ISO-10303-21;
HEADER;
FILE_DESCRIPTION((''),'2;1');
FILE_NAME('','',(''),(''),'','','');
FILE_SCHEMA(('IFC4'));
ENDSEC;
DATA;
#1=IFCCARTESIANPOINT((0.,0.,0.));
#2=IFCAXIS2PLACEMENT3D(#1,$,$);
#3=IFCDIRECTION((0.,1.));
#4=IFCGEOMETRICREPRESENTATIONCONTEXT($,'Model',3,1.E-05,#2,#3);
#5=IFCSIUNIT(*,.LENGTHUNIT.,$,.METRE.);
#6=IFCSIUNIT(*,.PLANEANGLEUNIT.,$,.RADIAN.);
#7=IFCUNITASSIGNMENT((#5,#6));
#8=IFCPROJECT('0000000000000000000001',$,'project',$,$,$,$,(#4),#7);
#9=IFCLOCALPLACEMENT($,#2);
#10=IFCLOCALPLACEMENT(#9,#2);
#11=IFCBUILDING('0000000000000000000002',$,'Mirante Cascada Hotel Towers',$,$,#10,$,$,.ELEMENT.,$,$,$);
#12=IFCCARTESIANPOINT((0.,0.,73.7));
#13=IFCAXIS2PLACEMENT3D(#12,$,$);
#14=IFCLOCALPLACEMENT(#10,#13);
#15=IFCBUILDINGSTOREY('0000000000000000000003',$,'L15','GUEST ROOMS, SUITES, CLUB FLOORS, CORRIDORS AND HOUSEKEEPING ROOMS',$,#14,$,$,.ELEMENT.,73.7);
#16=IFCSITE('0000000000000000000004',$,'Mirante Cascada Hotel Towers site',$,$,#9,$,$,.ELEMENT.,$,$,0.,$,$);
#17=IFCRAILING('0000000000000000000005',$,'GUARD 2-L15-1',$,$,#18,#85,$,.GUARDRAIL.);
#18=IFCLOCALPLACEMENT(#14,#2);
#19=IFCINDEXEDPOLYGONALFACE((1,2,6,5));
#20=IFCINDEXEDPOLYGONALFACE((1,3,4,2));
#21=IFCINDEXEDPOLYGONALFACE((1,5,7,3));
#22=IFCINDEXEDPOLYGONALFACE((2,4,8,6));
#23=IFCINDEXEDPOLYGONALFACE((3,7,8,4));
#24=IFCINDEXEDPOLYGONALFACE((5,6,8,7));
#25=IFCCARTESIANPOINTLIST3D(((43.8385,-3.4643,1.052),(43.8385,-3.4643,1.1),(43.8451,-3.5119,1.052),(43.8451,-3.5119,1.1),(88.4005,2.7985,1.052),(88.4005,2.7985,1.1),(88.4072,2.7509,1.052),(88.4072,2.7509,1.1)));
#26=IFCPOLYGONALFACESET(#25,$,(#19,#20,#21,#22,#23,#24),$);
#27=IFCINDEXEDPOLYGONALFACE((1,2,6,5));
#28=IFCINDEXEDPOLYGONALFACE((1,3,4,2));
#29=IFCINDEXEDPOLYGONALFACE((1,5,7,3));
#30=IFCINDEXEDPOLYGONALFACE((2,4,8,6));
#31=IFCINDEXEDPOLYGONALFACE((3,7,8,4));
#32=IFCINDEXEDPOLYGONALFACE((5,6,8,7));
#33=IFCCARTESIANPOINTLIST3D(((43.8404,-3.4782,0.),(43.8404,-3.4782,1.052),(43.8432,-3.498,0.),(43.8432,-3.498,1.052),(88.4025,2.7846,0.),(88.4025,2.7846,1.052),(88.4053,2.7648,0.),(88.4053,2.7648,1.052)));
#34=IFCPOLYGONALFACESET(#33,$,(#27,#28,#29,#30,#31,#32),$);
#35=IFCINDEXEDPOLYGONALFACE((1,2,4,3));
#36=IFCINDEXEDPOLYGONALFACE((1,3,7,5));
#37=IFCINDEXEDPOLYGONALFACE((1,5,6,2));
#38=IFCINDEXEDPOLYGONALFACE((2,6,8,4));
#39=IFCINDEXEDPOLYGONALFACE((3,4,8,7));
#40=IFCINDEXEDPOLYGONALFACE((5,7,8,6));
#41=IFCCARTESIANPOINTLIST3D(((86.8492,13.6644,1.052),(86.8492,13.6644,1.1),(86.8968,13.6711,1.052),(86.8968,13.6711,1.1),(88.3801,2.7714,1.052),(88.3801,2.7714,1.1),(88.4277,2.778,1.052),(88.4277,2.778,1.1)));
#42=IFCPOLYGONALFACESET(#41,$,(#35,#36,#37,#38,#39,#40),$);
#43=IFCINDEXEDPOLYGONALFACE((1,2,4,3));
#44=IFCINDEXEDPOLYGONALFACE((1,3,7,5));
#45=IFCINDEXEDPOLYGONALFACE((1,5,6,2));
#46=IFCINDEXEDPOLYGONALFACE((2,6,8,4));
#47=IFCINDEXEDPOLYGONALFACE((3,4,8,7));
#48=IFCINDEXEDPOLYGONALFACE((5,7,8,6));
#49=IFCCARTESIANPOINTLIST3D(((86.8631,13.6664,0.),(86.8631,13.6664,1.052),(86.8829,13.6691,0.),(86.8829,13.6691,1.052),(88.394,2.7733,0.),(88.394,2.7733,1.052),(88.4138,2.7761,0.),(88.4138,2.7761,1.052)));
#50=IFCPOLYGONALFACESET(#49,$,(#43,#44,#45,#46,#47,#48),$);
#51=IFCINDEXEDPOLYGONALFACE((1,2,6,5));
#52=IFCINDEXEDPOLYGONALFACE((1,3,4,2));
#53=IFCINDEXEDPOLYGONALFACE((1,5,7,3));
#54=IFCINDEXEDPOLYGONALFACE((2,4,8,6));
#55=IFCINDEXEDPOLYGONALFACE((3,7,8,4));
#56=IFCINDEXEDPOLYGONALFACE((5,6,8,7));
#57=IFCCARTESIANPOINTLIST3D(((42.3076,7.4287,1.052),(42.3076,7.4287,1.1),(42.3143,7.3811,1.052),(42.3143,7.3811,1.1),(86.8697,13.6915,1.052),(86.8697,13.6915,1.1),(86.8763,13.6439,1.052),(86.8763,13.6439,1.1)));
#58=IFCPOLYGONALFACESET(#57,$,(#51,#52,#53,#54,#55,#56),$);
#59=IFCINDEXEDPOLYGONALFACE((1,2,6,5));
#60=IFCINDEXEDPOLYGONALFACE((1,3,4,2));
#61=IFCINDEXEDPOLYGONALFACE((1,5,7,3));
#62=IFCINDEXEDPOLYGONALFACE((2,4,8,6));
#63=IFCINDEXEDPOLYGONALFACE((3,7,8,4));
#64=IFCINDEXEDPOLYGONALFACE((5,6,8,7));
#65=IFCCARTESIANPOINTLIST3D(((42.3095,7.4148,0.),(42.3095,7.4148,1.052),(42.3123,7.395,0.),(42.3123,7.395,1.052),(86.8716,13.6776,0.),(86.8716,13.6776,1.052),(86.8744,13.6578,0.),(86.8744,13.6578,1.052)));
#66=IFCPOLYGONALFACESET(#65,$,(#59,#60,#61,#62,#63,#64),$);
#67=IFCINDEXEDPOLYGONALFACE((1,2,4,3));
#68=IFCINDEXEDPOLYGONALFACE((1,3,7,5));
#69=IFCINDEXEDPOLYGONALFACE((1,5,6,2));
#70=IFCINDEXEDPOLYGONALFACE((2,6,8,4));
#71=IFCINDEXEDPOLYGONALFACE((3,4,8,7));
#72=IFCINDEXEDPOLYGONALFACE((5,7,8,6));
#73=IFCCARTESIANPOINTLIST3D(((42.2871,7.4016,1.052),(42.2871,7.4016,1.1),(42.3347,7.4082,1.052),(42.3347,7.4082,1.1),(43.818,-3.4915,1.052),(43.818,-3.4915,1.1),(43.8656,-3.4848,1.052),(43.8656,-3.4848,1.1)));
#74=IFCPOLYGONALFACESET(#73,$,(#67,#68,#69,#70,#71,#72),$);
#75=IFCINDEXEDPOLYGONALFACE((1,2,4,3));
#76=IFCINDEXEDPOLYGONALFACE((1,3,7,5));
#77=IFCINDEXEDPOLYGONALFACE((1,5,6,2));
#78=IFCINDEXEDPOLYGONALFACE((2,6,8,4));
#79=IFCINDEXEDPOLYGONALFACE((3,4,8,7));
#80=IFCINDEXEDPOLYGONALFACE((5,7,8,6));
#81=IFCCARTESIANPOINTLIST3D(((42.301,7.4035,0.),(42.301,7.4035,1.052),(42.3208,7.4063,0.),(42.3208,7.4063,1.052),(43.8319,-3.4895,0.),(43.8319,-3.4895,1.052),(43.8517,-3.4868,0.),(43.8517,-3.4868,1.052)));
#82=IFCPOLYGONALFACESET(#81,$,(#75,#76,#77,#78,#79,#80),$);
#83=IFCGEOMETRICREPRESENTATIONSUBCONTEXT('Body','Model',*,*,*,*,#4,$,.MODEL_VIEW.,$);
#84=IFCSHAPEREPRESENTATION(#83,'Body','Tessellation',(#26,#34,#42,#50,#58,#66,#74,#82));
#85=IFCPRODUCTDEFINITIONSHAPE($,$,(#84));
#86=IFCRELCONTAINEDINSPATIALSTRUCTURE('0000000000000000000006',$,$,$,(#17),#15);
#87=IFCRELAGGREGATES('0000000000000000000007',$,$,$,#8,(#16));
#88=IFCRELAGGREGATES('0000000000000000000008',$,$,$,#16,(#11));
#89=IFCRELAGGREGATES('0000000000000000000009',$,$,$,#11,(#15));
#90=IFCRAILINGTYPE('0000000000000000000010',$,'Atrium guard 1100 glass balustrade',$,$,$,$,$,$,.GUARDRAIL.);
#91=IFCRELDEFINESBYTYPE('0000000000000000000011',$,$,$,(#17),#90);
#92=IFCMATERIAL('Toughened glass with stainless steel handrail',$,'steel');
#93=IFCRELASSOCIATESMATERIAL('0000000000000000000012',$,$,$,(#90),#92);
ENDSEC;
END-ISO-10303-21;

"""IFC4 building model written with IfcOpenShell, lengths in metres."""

from ifc_helpers import new_model, si_unit, direction, frame, origin, origin_2d, place, context, subcontext, project, spatial, rectangle, extrude, material, type_object, element, save


model = new_model("IFC4")

# Units and contexts
model_context = context("Model", 3, precision=1e-05, world=origin(), true_north=direction((0.0, 1.0)))
body_context = subcontext(model_context, "Body", "Model", "MODEL_VIEW")
ifc_project = project(units=[si_unit("LENGTHUNIT", "METRE"), si_unit("PLANEANGLEUNIT", "RADIAN")], contexts=[model_context])

# Site, building, storey
site_placement = place(None, origin())
site = spatial("IfcSite", under=ifc_project, at=site_placement, Name="Mirante Cascada Hotel Towers site", CompositionType="ELEMENT", RefElevation=0.0)
building_placement = place(site_placement, origin())
building = spatial("IfcBuilding", under=site, at=building_placement, Name="Mirante Cascada Hotel Towers", CompositionType="ELEMENT")
storey_placement = place(building_placement, frame((0.0, 0.0, 73.7)))
storey = spatial("IfcBuildingStorey", under=building, at=storey_placement, Name="L15", Description="GUEST ROOMS, SUITES, CLUB FLOORS, CORRIDORS AND HOUSEKEEPING ROOMS", CompositionType="ELEMENT", Elevation=73.7)

# Railing
ifc_material_1 = material(Name="Toughened glass with stainless steel handrail", Category="steel")
railing_type = type_object("IfcRailingType", Name="Atrium guard 1100 glass balustrade", PredefinedType="GUARDRAIL", material=ifc_material_1)
railing_placement = place(storey_placement, frame((43.8418, -3.4881, 0.0)))
element("IfcRailing", 1, at=railing_placement, inside=storey, type_object=railing_type, Name="GUARD 2-L15-1", PredefinedType="GUARDRAIL", context=body_context, shape_type="SweptSolid", body=[
    extrude(rectangle(XDim=0.048, YDim=0.048, at=origin_2d()), frame((0.0, 0.0, 1.076), z_axis=(0.990268, 0.139173, 0.0), x_axis=(-0.139173, 0.990268, 0.0)), (0.0, 0.0, 1.0), 45.0),
    extrude(rectangle(XDim=0.02, YDim=1.052, at=origin_2d()), frame((0.0, 0.0, 0.526), z_axis=(0.990268, 0.139173, 0.0), x_axis=(-0.139173, 0.990268, 0.0)), (0.0, 0.0, 1.0), 45.0),
    extrude(rectangle(XDim=0.048, YDim=0.048, at=origin_2d()), frame((44.5621, 6.2628, 1.076), z_axis=(-0.139172, 0.990268, 0.0), x_axis=(-0.990268, -0.139172, 0.0)), (0.0, 0.0, 1.0), 11.0001),
    extrude(rectangle(XDim=0.02, YDim=1.052, at=origin_2d()), frame((44.5621, 6.2628, 0.526), z_axis=(-0.139172, 0.990268, 0.0), x_axis=(-0.990268, -0.139172, 0.0)), (0.0, 0.0, 1.0), 11.0001),
    extrude(rectangle(XDim=0.048, YDim=0.048, at=origin_2d()), frame((43.0312, 17.1558, 1.076), z_axis=(-0.990268, -0.139173, 0.0), x_axis=(0.139173, -0.990268, 0.0)), (0.0, 0.0, 1.0), 45.0),
    extrude(rectangle(XDim=0.02, YDim=1.052, at=origin_2d()), frame((43.0312, 17.1558, 0.526), z_axis=(-0.990268, -0.139173, 0.0), x_axis=(0.139173, -0.990268, 0.0)), (0.0, 0.0, 1.0), 45.0),
    extrude(rectangle(XDim=0.048, YDim=0.048, at=origin_2d()), frame((-1.5309, 10.893, 1.076), z_axis=(0.139172, -0.990268, 0.0), x_axis=(0.990268, 0.139172, 0.0)), (0.0, 0.0, 1.0), 11.0001),
    extrude(rectangle(XDim=0.02, YDim=1.052, at=origin_2d()), frame((-1.5309, 10.893, 0.526), z_axis=(0.139172, -0.990268, 0.0), x_axis=(0.990268, 0.139172, 0.0)), (0.0, 0.0, 1.0), 11.0001),
])

save(model, "model.ifc")
